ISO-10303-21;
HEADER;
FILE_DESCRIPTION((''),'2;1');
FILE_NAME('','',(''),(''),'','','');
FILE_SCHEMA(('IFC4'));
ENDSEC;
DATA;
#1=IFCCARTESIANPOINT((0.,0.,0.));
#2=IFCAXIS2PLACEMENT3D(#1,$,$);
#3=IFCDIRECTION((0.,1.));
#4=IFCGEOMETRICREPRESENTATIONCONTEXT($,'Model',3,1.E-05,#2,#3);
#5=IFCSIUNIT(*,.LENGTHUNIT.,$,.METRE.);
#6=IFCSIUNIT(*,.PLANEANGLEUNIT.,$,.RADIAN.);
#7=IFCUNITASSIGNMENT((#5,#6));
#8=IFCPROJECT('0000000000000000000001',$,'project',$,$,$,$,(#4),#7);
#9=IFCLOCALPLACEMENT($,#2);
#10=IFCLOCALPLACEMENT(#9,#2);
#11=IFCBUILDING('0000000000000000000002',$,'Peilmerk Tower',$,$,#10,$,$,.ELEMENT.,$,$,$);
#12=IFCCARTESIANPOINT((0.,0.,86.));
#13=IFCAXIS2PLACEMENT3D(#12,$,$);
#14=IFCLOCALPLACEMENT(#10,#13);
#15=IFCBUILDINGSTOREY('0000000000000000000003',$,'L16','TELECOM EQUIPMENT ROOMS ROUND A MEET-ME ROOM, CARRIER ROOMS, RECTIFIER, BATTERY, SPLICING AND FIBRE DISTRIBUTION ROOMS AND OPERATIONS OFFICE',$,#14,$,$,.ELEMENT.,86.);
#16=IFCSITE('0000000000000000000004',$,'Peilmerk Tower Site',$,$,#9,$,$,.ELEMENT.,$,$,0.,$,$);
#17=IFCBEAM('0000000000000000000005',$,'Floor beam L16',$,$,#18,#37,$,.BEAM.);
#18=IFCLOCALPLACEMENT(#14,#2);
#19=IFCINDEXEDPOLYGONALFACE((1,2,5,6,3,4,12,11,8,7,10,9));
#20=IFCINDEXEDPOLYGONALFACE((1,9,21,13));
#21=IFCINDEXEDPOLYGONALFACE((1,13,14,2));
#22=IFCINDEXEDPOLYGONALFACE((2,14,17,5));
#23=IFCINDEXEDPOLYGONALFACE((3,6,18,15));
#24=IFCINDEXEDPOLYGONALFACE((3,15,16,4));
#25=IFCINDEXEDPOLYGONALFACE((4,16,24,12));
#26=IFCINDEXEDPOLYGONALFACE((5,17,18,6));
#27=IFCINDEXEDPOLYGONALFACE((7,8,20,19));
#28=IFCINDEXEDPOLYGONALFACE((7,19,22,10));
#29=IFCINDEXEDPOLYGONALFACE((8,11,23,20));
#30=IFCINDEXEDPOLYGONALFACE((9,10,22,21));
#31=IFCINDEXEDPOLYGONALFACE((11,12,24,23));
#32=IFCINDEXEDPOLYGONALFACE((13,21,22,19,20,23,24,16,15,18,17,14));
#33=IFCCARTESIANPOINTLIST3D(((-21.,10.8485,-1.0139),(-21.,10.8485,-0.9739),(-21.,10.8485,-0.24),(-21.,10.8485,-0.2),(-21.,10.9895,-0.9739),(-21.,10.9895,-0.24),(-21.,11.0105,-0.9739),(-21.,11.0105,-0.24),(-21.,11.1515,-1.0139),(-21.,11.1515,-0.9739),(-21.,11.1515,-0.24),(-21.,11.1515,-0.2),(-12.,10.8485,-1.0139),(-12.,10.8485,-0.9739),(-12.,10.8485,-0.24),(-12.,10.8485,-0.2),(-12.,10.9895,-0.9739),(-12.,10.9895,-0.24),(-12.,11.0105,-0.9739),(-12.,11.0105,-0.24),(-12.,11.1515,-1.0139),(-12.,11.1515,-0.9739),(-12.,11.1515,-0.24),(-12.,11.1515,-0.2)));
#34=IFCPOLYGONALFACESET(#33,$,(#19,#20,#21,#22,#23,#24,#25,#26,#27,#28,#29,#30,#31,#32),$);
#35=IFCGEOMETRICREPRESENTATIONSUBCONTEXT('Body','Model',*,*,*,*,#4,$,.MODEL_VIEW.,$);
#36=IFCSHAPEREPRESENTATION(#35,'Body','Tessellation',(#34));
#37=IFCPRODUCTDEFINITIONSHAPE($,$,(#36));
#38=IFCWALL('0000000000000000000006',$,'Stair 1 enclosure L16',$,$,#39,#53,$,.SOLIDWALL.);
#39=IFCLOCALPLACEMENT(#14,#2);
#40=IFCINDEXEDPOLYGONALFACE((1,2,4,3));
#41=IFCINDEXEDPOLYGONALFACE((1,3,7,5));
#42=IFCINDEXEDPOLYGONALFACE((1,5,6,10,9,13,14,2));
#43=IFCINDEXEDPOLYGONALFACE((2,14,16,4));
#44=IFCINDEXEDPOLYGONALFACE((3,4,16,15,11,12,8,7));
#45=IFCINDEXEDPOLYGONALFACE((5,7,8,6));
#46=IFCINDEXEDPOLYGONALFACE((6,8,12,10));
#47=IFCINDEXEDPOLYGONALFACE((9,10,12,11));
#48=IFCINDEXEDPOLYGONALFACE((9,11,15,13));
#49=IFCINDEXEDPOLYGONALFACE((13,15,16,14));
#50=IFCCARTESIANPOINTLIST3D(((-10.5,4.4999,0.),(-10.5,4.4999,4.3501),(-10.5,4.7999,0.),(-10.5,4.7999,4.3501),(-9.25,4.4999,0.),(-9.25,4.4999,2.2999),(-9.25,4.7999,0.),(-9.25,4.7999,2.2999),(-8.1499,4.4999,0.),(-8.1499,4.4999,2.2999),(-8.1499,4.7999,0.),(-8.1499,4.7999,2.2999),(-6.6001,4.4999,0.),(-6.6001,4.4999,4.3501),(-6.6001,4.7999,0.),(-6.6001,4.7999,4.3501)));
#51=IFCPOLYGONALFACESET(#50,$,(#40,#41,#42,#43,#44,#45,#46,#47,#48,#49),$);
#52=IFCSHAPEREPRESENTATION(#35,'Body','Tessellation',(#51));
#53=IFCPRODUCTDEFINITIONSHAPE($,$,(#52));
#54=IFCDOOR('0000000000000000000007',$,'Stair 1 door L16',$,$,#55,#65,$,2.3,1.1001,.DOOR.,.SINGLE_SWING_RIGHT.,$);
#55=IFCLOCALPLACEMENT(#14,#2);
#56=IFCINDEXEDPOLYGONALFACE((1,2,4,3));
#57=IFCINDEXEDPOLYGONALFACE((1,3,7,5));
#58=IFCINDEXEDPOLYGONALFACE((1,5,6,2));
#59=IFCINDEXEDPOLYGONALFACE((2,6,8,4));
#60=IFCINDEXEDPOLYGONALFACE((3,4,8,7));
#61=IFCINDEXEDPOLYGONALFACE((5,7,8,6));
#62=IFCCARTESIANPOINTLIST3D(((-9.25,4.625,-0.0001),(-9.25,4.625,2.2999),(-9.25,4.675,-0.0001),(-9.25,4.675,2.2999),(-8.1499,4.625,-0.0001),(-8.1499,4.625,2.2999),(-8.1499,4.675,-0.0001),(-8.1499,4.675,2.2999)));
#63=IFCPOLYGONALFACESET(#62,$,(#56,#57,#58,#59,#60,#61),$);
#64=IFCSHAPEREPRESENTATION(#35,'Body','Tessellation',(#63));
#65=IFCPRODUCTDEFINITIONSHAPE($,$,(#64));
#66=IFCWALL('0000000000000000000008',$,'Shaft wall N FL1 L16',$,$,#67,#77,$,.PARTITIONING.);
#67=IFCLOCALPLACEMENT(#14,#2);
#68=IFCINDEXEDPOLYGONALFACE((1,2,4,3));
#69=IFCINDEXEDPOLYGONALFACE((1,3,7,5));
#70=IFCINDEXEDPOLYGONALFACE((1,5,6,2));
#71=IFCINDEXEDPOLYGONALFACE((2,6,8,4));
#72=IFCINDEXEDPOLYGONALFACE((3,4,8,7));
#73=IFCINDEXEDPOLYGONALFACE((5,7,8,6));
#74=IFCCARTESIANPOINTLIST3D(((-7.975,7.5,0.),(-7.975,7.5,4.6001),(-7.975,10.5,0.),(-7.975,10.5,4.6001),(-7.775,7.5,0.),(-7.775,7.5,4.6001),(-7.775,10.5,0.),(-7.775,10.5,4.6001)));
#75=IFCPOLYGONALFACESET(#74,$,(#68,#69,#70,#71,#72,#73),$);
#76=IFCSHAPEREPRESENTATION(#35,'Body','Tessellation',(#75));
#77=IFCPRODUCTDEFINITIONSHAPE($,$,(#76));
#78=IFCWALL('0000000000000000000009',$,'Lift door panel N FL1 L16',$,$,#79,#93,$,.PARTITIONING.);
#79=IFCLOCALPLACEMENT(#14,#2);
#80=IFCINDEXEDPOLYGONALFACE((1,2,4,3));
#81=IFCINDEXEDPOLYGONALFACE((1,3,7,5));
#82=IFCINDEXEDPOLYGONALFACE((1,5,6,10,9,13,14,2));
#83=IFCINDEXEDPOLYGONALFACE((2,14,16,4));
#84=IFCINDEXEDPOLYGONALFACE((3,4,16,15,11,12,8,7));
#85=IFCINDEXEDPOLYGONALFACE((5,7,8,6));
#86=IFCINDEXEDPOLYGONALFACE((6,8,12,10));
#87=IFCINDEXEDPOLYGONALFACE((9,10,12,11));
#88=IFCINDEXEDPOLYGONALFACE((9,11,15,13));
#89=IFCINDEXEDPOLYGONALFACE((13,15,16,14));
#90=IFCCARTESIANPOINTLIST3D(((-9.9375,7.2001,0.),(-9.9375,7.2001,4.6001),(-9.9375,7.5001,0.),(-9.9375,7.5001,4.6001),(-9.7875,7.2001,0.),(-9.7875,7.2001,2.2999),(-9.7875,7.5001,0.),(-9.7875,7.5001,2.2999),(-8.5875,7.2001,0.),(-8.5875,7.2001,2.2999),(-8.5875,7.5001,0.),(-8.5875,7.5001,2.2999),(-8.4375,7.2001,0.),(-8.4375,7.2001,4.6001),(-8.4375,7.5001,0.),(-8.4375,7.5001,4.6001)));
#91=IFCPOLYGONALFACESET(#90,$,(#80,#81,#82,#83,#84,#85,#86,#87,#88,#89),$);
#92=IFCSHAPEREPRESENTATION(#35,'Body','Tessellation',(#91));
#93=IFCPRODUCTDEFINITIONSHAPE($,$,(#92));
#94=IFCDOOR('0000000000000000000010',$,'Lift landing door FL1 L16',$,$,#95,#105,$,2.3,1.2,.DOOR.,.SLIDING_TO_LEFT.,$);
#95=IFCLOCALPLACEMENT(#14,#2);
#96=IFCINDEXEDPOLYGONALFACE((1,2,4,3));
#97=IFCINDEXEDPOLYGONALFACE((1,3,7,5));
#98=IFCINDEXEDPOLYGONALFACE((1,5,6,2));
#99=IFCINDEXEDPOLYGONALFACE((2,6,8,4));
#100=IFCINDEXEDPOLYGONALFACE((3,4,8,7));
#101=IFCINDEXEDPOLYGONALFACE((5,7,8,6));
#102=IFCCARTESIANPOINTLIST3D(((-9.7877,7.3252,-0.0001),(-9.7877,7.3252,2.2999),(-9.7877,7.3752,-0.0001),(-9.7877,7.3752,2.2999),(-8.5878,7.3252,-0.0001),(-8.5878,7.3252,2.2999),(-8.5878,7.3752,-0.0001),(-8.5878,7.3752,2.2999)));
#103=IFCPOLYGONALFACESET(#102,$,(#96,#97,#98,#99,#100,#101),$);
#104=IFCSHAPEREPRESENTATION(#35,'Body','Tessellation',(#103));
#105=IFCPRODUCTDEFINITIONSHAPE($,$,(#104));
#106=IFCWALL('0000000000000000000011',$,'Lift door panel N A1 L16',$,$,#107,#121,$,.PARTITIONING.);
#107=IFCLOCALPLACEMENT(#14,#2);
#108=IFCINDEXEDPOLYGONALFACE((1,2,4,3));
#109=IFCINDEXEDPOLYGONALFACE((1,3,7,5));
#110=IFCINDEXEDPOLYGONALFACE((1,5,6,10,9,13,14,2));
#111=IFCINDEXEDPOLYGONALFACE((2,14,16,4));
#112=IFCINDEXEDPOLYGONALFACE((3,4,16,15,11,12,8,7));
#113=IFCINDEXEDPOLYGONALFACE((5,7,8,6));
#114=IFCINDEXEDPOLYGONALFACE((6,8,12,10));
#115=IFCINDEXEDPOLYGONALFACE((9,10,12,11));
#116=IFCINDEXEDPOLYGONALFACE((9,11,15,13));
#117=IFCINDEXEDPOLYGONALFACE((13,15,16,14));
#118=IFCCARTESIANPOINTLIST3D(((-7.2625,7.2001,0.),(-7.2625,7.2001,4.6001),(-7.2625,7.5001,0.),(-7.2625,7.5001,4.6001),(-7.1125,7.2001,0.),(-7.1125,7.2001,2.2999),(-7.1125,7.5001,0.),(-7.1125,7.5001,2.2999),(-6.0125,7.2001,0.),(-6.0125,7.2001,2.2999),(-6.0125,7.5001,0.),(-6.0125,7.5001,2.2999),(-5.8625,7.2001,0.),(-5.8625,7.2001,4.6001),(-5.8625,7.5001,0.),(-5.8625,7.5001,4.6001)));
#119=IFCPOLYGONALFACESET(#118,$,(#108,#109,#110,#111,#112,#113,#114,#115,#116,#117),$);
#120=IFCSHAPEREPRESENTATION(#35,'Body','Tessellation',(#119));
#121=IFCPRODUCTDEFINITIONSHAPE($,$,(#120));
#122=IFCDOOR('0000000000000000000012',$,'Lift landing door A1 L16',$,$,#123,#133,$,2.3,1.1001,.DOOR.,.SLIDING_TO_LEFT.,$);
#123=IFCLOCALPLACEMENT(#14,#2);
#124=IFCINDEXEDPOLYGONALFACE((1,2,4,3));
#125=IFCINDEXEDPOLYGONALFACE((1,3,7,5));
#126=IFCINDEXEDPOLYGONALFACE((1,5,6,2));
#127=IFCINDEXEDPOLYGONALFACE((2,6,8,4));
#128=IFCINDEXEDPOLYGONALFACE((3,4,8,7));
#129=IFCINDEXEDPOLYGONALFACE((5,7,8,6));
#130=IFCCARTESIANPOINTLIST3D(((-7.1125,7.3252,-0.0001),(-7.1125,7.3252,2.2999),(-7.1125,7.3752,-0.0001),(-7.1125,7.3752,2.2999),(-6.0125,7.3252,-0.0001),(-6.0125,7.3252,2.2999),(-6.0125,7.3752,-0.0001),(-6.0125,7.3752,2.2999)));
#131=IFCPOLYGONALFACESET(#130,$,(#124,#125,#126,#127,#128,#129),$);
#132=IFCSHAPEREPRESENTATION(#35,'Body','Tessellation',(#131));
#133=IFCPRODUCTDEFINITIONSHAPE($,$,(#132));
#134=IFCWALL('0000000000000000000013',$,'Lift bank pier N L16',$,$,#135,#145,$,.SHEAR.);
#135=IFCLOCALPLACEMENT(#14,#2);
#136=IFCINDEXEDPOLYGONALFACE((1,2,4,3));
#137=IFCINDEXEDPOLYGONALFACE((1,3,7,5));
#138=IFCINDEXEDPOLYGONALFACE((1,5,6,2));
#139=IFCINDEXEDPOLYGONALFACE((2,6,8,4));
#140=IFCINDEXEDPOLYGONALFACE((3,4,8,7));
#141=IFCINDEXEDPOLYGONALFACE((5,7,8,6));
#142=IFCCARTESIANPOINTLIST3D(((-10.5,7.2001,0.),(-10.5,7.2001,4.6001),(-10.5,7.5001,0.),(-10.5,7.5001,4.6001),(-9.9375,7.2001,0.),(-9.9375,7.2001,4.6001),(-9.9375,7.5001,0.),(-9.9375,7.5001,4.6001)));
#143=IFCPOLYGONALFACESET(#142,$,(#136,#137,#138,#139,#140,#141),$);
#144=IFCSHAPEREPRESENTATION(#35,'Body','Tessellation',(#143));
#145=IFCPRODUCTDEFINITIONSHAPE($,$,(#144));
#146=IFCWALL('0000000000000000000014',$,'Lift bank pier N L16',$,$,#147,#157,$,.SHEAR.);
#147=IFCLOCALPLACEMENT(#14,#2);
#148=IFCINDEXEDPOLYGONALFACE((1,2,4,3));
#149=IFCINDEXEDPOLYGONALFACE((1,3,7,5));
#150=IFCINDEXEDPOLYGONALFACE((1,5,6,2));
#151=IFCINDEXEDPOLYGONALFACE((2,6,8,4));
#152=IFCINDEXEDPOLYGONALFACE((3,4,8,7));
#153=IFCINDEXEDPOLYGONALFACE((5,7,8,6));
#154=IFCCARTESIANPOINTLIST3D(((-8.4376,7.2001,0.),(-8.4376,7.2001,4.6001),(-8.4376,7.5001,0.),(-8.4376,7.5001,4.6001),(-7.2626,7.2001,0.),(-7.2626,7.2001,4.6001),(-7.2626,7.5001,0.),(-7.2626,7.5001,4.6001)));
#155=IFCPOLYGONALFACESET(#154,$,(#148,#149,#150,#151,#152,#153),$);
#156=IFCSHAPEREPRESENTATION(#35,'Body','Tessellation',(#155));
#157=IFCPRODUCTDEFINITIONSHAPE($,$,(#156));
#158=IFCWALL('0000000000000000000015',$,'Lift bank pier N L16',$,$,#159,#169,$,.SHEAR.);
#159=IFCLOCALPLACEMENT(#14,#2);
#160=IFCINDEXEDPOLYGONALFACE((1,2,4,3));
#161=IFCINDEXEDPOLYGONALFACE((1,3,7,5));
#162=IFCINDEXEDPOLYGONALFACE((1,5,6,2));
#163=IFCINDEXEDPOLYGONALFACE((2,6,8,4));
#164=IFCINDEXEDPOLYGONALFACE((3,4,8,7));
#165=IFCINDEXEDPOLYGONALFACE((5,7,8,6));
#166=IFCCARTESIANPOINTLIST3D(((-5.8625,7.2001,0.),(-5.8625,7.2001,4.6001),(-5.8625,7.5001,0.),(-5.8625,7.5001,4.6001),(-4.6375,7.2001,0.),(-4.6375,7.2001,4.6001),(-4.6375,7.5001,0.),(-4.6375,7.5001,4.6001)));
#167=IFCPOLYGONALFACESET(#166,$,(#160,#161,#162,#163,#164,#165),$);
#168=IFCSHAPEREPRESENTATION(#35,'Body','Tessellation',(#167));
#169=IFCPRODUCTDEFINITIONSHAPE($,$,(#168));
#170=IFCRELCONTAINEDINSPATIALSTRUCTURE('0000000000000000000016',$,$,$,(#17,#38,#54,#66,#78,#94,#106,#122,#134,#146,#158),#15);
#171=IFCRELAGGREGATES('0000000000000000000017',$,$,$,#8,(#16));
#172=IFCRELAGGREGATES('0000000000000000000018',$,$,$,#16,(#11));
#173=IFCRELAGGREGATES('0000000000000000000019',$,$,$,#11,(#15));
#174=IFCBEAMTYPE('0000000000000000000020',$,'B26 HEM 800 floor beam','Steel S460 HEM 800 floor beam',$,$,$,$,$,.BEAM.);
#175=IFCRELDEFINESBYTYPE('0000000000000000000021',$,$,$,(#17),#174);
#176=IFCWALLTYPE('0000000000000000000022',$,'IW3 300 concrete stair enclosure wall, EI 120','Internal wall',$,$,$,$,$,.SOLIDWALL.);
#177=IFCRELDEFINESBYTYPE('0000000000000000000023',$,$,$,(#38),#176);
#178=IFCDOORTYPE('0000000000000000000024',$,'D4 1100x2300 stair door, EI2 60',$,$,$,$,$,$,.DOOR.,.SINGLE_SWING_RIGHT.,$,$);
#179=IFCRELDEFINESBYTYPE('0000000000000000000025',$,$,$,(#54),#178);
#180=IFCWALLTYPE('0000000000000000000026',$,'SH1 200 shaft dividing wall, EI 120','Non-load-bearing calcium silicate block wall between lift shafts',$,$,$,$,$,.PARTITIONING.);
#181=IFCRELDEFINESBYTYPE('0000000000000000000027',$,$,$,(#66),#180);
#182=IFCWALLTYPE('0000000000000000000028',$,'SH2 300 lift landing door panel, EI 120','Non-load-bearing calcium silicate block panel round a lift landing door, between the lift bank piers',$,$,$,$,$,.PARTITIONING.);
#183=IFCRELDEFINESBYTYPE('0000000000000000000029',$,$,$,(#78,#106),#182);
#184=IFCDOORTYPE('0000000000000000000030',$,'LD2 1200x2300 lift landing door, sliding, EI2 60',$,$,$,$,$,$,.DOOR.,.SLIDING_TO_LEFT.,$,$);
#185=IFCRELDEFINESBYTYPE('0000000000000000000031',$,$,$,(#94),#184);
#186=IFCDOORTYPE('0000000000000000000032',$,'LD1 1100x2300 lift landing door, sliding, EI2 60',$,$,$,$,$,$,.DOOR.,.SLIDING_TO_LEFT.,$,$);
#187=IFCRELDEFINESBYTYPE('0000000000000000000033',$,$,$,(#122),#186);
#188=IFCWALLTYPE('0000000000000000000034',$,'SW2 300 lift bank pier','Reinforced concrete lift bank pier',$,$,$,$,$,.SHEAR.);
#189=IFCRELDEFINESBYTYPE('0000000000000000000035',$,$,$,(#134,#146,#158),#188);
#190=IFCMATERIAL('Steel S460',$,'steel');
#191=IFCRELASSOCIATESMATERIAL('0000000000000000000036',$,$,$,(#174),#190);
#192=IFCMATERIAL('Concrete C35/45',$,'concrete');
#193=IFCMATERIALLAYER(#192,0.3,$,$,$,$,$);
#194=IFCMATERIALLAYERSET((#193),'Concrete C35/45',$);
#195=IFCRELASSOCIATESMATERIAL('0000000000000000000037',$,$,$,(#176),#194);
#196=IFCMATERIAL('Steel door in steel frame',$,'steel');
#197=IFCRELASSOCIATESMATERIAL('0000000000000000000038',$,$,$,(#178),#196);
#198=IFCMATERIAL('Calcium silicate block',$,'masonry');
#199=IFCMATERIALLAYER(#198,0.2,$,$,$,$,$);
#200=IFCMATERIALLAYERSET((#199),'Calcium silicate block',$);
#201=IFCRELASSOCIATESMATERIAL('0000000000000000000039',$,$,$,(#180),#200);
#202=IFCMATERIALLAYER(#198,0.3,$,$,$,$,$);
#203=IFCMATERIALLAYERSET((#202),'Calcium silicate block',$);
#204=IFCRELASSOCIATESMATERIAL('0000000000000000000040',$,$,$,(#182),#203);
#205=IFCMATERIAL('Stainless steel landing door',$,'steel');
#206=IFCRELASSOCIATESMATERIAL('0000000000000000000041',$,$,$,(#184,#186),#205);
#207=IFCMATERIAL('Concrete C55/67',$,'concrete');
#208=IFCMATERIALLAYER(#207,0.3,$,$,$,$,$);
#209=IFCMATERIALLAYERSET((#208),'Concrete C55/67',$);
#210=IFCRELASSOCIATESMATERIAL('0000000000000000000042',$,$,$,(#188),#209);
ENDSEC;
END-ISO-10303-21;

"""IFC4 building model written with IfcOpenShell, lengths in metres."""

from ifc_helpers import new_model, si_unit, direction, frame, frame_2d, origin, origin_2d, place, context, subcontext, project, spatial, rectangle, i_section, extrude, material, layer, layer_set, material_profile, profile_set, type_object, element, fill, save


model = new_model("IFC4")

# Units and contexts
model_context = context("Model", 3, precision=1e-05, world=origin(), true_north=direction((0.0, 1.0)))
body_context = subcontext(model_context, "Body", "Model", "MODEL_VIEW")
ifc_project = project(units=[si_unit("LENGTHUNIT", "METRE"), si_unit("PLANEANGLEUNIT", "RADIAN")], contexts=[model_context])

# Site, building, storey
site_placement = place(None, origin())
site = spatial("IfcSite", under=ifc_project, at=site_placement, Name="Peilmerk Tower Site", CompositionType="ELEMENT", RefElevation=0.0)
building_placement = place(site_placement, origin())
building = spatial("IfcBuilding", under=site, at=building_placement, Name="Peilmerk Tower", CompositionType="ELEMENT")
storey_placement = place(building_placement, frame((0.0, 0.0, 86.0)))
storey = spatial("IfcBuildingStorey", under=building, at=storey_placement, Name="L16", Description="TELECOM EQUIPMENT ROOMS ROUND A MEET-ME ROOM, CARRIER ROOMS, RECTIFIER, BATTERY, SPLICING AND FIBRE DISTRIBUTION ROOMS AND OPERATIONS OFFICE", CompositionType="ELEMENT", Elevation=86.0)

# Beam
ifc_material_1 = material(Name="Steel S460", Category="steel")
ifc_material_profile = material_profile(ifc_material_1, i_section(OverallWidth=0.303, OverallDepth=0.814, WebThickness=0.021, FlangeThickness=0.04, at=origin_2d()), Name="HEM 800")
ifc_profile_set = profile_set([ifc_material_profile], Name="Steel S460")
beam_type = type_object("IfcBeamType", Name="B26 HEM 800 floor beam", Description="Steel S460 HEM 800 floor beam", PredefinedType="BEAM", material=ifc_profile_set)
beam_placement = place(storey_placement, frame((-12.0, 11.0, -0.6069), z_axis=(-1.0, 0.0, 0.0), x_axis=(0.0, -1.0, 0.0)))
element("IfcBeam", 1, at=beam_placement, inside=storey, type_object=beam_type, Name="Floor beam L16", PredefinedType="BEAM", context=body_context, shape_type="SweptSolid", body=[
    extrude(i_section(OverallWidth=0.303, OverallDepth=0.814, WebThickness=0.021, FlangeThickness=0.04, at=origin_2d()), origin(), (0.0, 0.0, 1.0), 9.0),
])

# Wall, opening, door
ifc_material_2 = material(Name="Concrete C35/45", Category="concrete")
ifc_layer_1 = layer(ifc_material_2, 0.3)
ifc_layer_set_1 = layer_set([ifc_layer_1], Name="Concrete C35/45")
wall_type_1 = type_object("IfcWallType", Name="IW3 300 concrete stair enclosure wall, EI 120", Description="Internal wall", PredefinedType="SOLIDWALL", material=ifc_layer_set_1)
wall_1_placement = place(storey_placement, frame((-10.5, 4.6499, 0.0), z_axis=(0.0, 0.0, 1.0), x_axis=(1.0, 0.0, 0.0)))
wall_1 = element("IfcWall", 2, at=wall_1_placement, inside=storey, type_object=wall_type_1, Name="Stair 1 enclosure L16", PredefinedType="SOLIDWALL", context=body_context, shape_type="SweptSolid", body=[
    extrude(rectangle(XDim=3.8999, YDim=0.3, at=frame_2d((1.95, 0.0))), origin(), (0.0, 0.0, 1.0), 4.3501),
])
opening_1_placement = place(wall_1_placement, frame((1.25, 0.0, 0.0)))
opening_1 = element("IfcOpeningElement", 3, at=opening_1_placement, cuts=wall_1, PredefinedType="OPENING", context=body_context, shape_type="SweptSolid", body=[
    extrude(rectangle(XDim=1.1001, YDim=2.3, at=frame_2d((0.55, 1.1499))), frame((0.0, 0.1599, 0.0), z_axis=(0.0, -1.0, 0.0), x_axis=(1.0, 0.0, 0.0)), (0.0, 0.0, 1.0), 0.3201),
])
ifc_material_3 = material(Name="Steel door in steel frame", Category="steel")
door_type_1 = type_object("IfcDoorType", Name="D4 1100x2300 stair door, EI2 60", OperationType="SINGLE_SWING_RIGHT", PredefinedType="DOOR", material=ifc_material_3)
door_1_placement = place(opening_1_placement, frame((1.1001, 0.0, 0.0), z_axis=(0.0, 0.0, 1.0), x_axis=(-1.0, 0.0, 0.0)))
door_1 = element("IfcDoor", 4, at=door_1_placement, inside=storey, type_object=door_type_1, Name="Stair 1 door L16", OperationType="SINGLE_SWING_RIGHT", OverallHeight=2.3, OverallWidth=1.1001, PredefinedType="DOOR", context=body_context, shape_type="SweptSolid", body=[
    extrude(rectangle(XDim=1.1001, YDim=2.3, at=frame_2d((0.55, 1.1499))), frame((0.0, 0.0249, 0.0), z_axis=(0.0, -1.0, 0.0), x_axis=(1.0, 0.0, 0.0)), (0.0, 0.0, 1.0), 0.05),
])
fill(opening_1, door_1)

# Wall
ifc_material_4 = material(Name="Calcium silicate block", Category="masonry")
ifc_layer_2 = layer(ifc_material_4, 0.2)
ifc_layer_set_2 = layer_set([ifc_layer_2], Name="Calcium silicate block")
wall_type_2 = type_object("IfcWallType", Name="SH1 200 shaft dividing wall, EI 120", Description="Non-load-bearing calcium silicate block wall between lift shafts", PredefinedType="PARTITIONING", material=ifc_layer_set_2)
wall_2_placement = place(storey_placement, frame((-7.875, 7.5, 0.0), z_axis=(0.0, 0.0, 1.0), x_axis=(0.0, 1.0, 0.0)))
element("IfcWall", 5, at=wall_2_placement, inside=storey, type_object=wall_type_2, Name="Shaft wall N FL1 L16", PredefinedType="PARTITIONING", context=body_context, shape_type="SweptSolid", body=[
    extrude(rectangle(XDim=3.0, YDim=0.2, at=frame_2d((1.5, 0.0))), origin(), (0.0, 0.0, 1.0), 4.6001),
])

# Walls, openings, doors
ifc_layer_3 = layer(ifc_material_4, 0.3)
ifc_layer_set_3 = layer_set([ifc_layer_3], Name="Calcium silicate block")
wall_type_3 = type_object("IfcWallType", Name="SH2 300 lift landing door panel, EI 120", Description="Non-load-bearing calcium silicate block panel round a lift landing door, between the lift bank piers", PredefinedType="PARTITIONING", material=ifc_layer_set_3)
wall_3_placement = place(storey_placement, frame((-9.9375, 7.3501, 0.0), z_axis=(0.0, 0.0, 1.0), x_axis=(1.0, 0.0, 0.0)))
wall_3 = element("IfcWall", 6, at=wall_3_placement, inside=storey, type_object=wall_type_3, Name="Lift door panel N FL1 L16", PredefinedType="PARTITIONING", context=body_context, shape_type="SweptSolid", body=[
    extrude(rectangle(XDim=1.5, YDim=0.3, at=frame_2d((0.75, 0.0))), origin(), (0.0, 0.0, 1.0), 4.6001),
])
opening_2_placement = place(wall_3_placement, frame((0.1499, 0.0, 0.0)))
opening_2 = element("IfcOpeningElement", 7, at=opening_2_placement, cuts=wall_3, PredefinedType="OPENING", context=body_context, shape_type="SweptSolid", body=[
    extrude(rectangle(XDim=1.2, YDim=2.3, at=frame_2d((0.6001, 1.1499))), frame((0.0, 0.1599, 0.0), z_axis=(0.0, -1.0, 0.0), x_axis=(1.0, 0.0, 0.0)), (0.0, 0.0, 1.0), 0.3201),
])
ifc_material_5 = material(Name="Stainless steel landing door", Category="steel")
door_type_2 = type_object("IfcDoorType", Name="LD2 1200x2300 lift landing door, sliding, EI2 60", OperationType="SLIDING_TO_LEFT", PredefinedType="DOOR", material=ifc_material_5)
door_2_placement = place(opening_2_placement, frame((1.2, 0.0, 0.0), z_axis=(0.0, 0.0, 1.0), x_axis=(-1.0, 0.0, 0.0)))
door_2 = element("IfcDoor", 8, at=door_2_placement, inside=storey, type_object=door_type_2, Name="Lift landing door FL1 L16", OperationType="SLIDING_TO_LEFT", OverallHeight=2.3, OverallWidth=1.2, PredefinedType="DOOR", context=body_context, shape_type="SweptSolid", body=[
    extrude(rectangle(XDim=1.2, YDim=2.3, at=frame_2d((0.6001, 1.1499))), frame((0.0, 0.0249, 0.0), z_axis=(0.0, -1.0, 0.0), x_axis=(1.0, 0.0, 0.0)), (0.0, 0.0, 1.0), 0.05),
])
fill(opening_2, door_2)
wall_4_placement = place(storey_placement, frame((-7.2625, 7.3501, 0.0), z_axis=(0.0, 0.0, 1.0), x_axis=(1.0, 0.0, 0.0)))
wall_4 = element("IfcWall", 9, at=wall_4_placement, inside=storey, type_object=wall_type_3, Name="Lift door panel N A1 L16", PredefinedType="PARTITIONING", context=body_context, shape_type="SweptSolid", body=[
    extrude(rectangle(XDim=1.3999, YDim=0.3, at=frame_2d((0.7, 0.0))), origin(), (0.0, 0.0, 1.0), 4.6001),
])
opening_3_placement = place(wall_4_placement, frame((0.1499, 0.0, 0.0)))
opening_3 = element("IfcOpeningElement", 10, at=opening_3_placement, cuts=wall_4, PredefinedType="OPENING", context=body_context, shape_type="SweptSolid", body=[
    extrude(rectangle(XDim=1.1001, YDim=2.3, at=frame_2d((0.55, 1.1499))), frame((0.0, 0.1599, 0.0), z_axis=(0.0, -1.0, 0.0), x_axis=(1.0, 0.0, 0.0)), (0.0, 0.0, 1.0), 0.3201),
])
door_type_3 = type_object("IfcDoorType", Name="LD1 1100x2300 lift landing door, sliding, EI2 60", OperationType="SLIDING_TO_LEFT", PredefinedType="DOOR", material=ifc_material_5)
door_3_placement = place(opening_3_placement, frame((1.1001, 0.0, 0.0), z_axis=(0.0, 0.0, 1.0), x_axis=(-1.0, 0.0, 0.0)))
door_3 = element("IfcDoor", 11, at=door_3_placement, inside=storey, type_object=door_type_3, Name="Lift landing door A1 L16", OperationType="SLIDING_TO_LEFT", OverallHeight=2.3, OverallWidth=1.1001, PredefinedType="DOOR", context=body_context, shape_type="SweptSolid", body=[
    extrude(rectangle(XDim=1.1001, YDim=2.3, at=frame_2d((0.55, 1.1499))), frame((0.0, 0.0249, 0.0), z_axis=(0.0, -1.0, 0.0), x_axis=(1.0, 0.0, 0.0)), (0.0, 0.0, 1.0), 0.05),
])
fill(opening_3, door_3)

# Walls
ifc_material_6 = material(Name="Concrete C55/67", Category="concrete")
ifc_layer_4 = layer(ifc_material_6, 0.3)
ifc_layer_set_4 = layer_set([ifc_layer_4], Name="Concrete C55/67")
wall_type_4 = type_object("IfcWallType", Name="SW2 300 lift bank pier", Description="Reinforced concrete lift bank pier", PredefinedType="SHEAR", material=ifc_layer_set_4)
wall_5_placement = place(storey_placement, frame((-10.5, 7.3501, 0.0), z_axis=(0.0, 0.0, 1.0), x_axis=(1.0, 0.0, 0.0)))
element("IfcWall", 12, at=wall_5_placement, inside=storey, type_object=wall_type_4, Name="Lift bank pier N L16", PredefinedType="SHEAR", context=body_context, shape_type="SweptSolid", body=[
    extrude(rectangle(XDim=0.5625, YDim=0.3, at=frame_2d((0.2812, 0.0))), origin(), (0.0, 0.0, 1.0), 4.6001),
])
wall_6_placement = place(storey_placement, frame((-8.4375, 7.3501, 0.0), z_axis=(0.0, 0.0, 1.0), x_axis=(1.0, 0.0, 0.0)))
element("IfcWall", 13, at=wall_6_placement, inside=storey, type_object=wall_type_4, Name="Lift bank pier N L16", PredefinedType="SHEAR", context=body_context, shape_type="SweptSolid", body=[
    extrude(rectangle(XDim=1.175, YDim=0.3, at=frame_2d((0.5874, 0.0))), origin(), (0.0, 0.0, 1.0), 4.6001),
])
wall_7_placement = place(storey_placement, frame((-5.8625, 7.3501, 0.0), z_axis=(0.0, 0.0, 1.0), x_axis=(1.0, 0.0, 0.0)))
element("IfcWall", 14, at=wall_7_placement, inside=storey, type_object=wall_type_4, Name="Lift bank pier N L16", PredefinedType="SHEAR", context=body_context, shape_type="SweptSolid", body=[
    extrude(rectangle(XDim=1.2251, YDim=0.3, at=frame_2d((0.6125, 0.0))), origin(), (0.0, 0.0, 1.0), 4.6001),
])

save(model, "model.ifc")
